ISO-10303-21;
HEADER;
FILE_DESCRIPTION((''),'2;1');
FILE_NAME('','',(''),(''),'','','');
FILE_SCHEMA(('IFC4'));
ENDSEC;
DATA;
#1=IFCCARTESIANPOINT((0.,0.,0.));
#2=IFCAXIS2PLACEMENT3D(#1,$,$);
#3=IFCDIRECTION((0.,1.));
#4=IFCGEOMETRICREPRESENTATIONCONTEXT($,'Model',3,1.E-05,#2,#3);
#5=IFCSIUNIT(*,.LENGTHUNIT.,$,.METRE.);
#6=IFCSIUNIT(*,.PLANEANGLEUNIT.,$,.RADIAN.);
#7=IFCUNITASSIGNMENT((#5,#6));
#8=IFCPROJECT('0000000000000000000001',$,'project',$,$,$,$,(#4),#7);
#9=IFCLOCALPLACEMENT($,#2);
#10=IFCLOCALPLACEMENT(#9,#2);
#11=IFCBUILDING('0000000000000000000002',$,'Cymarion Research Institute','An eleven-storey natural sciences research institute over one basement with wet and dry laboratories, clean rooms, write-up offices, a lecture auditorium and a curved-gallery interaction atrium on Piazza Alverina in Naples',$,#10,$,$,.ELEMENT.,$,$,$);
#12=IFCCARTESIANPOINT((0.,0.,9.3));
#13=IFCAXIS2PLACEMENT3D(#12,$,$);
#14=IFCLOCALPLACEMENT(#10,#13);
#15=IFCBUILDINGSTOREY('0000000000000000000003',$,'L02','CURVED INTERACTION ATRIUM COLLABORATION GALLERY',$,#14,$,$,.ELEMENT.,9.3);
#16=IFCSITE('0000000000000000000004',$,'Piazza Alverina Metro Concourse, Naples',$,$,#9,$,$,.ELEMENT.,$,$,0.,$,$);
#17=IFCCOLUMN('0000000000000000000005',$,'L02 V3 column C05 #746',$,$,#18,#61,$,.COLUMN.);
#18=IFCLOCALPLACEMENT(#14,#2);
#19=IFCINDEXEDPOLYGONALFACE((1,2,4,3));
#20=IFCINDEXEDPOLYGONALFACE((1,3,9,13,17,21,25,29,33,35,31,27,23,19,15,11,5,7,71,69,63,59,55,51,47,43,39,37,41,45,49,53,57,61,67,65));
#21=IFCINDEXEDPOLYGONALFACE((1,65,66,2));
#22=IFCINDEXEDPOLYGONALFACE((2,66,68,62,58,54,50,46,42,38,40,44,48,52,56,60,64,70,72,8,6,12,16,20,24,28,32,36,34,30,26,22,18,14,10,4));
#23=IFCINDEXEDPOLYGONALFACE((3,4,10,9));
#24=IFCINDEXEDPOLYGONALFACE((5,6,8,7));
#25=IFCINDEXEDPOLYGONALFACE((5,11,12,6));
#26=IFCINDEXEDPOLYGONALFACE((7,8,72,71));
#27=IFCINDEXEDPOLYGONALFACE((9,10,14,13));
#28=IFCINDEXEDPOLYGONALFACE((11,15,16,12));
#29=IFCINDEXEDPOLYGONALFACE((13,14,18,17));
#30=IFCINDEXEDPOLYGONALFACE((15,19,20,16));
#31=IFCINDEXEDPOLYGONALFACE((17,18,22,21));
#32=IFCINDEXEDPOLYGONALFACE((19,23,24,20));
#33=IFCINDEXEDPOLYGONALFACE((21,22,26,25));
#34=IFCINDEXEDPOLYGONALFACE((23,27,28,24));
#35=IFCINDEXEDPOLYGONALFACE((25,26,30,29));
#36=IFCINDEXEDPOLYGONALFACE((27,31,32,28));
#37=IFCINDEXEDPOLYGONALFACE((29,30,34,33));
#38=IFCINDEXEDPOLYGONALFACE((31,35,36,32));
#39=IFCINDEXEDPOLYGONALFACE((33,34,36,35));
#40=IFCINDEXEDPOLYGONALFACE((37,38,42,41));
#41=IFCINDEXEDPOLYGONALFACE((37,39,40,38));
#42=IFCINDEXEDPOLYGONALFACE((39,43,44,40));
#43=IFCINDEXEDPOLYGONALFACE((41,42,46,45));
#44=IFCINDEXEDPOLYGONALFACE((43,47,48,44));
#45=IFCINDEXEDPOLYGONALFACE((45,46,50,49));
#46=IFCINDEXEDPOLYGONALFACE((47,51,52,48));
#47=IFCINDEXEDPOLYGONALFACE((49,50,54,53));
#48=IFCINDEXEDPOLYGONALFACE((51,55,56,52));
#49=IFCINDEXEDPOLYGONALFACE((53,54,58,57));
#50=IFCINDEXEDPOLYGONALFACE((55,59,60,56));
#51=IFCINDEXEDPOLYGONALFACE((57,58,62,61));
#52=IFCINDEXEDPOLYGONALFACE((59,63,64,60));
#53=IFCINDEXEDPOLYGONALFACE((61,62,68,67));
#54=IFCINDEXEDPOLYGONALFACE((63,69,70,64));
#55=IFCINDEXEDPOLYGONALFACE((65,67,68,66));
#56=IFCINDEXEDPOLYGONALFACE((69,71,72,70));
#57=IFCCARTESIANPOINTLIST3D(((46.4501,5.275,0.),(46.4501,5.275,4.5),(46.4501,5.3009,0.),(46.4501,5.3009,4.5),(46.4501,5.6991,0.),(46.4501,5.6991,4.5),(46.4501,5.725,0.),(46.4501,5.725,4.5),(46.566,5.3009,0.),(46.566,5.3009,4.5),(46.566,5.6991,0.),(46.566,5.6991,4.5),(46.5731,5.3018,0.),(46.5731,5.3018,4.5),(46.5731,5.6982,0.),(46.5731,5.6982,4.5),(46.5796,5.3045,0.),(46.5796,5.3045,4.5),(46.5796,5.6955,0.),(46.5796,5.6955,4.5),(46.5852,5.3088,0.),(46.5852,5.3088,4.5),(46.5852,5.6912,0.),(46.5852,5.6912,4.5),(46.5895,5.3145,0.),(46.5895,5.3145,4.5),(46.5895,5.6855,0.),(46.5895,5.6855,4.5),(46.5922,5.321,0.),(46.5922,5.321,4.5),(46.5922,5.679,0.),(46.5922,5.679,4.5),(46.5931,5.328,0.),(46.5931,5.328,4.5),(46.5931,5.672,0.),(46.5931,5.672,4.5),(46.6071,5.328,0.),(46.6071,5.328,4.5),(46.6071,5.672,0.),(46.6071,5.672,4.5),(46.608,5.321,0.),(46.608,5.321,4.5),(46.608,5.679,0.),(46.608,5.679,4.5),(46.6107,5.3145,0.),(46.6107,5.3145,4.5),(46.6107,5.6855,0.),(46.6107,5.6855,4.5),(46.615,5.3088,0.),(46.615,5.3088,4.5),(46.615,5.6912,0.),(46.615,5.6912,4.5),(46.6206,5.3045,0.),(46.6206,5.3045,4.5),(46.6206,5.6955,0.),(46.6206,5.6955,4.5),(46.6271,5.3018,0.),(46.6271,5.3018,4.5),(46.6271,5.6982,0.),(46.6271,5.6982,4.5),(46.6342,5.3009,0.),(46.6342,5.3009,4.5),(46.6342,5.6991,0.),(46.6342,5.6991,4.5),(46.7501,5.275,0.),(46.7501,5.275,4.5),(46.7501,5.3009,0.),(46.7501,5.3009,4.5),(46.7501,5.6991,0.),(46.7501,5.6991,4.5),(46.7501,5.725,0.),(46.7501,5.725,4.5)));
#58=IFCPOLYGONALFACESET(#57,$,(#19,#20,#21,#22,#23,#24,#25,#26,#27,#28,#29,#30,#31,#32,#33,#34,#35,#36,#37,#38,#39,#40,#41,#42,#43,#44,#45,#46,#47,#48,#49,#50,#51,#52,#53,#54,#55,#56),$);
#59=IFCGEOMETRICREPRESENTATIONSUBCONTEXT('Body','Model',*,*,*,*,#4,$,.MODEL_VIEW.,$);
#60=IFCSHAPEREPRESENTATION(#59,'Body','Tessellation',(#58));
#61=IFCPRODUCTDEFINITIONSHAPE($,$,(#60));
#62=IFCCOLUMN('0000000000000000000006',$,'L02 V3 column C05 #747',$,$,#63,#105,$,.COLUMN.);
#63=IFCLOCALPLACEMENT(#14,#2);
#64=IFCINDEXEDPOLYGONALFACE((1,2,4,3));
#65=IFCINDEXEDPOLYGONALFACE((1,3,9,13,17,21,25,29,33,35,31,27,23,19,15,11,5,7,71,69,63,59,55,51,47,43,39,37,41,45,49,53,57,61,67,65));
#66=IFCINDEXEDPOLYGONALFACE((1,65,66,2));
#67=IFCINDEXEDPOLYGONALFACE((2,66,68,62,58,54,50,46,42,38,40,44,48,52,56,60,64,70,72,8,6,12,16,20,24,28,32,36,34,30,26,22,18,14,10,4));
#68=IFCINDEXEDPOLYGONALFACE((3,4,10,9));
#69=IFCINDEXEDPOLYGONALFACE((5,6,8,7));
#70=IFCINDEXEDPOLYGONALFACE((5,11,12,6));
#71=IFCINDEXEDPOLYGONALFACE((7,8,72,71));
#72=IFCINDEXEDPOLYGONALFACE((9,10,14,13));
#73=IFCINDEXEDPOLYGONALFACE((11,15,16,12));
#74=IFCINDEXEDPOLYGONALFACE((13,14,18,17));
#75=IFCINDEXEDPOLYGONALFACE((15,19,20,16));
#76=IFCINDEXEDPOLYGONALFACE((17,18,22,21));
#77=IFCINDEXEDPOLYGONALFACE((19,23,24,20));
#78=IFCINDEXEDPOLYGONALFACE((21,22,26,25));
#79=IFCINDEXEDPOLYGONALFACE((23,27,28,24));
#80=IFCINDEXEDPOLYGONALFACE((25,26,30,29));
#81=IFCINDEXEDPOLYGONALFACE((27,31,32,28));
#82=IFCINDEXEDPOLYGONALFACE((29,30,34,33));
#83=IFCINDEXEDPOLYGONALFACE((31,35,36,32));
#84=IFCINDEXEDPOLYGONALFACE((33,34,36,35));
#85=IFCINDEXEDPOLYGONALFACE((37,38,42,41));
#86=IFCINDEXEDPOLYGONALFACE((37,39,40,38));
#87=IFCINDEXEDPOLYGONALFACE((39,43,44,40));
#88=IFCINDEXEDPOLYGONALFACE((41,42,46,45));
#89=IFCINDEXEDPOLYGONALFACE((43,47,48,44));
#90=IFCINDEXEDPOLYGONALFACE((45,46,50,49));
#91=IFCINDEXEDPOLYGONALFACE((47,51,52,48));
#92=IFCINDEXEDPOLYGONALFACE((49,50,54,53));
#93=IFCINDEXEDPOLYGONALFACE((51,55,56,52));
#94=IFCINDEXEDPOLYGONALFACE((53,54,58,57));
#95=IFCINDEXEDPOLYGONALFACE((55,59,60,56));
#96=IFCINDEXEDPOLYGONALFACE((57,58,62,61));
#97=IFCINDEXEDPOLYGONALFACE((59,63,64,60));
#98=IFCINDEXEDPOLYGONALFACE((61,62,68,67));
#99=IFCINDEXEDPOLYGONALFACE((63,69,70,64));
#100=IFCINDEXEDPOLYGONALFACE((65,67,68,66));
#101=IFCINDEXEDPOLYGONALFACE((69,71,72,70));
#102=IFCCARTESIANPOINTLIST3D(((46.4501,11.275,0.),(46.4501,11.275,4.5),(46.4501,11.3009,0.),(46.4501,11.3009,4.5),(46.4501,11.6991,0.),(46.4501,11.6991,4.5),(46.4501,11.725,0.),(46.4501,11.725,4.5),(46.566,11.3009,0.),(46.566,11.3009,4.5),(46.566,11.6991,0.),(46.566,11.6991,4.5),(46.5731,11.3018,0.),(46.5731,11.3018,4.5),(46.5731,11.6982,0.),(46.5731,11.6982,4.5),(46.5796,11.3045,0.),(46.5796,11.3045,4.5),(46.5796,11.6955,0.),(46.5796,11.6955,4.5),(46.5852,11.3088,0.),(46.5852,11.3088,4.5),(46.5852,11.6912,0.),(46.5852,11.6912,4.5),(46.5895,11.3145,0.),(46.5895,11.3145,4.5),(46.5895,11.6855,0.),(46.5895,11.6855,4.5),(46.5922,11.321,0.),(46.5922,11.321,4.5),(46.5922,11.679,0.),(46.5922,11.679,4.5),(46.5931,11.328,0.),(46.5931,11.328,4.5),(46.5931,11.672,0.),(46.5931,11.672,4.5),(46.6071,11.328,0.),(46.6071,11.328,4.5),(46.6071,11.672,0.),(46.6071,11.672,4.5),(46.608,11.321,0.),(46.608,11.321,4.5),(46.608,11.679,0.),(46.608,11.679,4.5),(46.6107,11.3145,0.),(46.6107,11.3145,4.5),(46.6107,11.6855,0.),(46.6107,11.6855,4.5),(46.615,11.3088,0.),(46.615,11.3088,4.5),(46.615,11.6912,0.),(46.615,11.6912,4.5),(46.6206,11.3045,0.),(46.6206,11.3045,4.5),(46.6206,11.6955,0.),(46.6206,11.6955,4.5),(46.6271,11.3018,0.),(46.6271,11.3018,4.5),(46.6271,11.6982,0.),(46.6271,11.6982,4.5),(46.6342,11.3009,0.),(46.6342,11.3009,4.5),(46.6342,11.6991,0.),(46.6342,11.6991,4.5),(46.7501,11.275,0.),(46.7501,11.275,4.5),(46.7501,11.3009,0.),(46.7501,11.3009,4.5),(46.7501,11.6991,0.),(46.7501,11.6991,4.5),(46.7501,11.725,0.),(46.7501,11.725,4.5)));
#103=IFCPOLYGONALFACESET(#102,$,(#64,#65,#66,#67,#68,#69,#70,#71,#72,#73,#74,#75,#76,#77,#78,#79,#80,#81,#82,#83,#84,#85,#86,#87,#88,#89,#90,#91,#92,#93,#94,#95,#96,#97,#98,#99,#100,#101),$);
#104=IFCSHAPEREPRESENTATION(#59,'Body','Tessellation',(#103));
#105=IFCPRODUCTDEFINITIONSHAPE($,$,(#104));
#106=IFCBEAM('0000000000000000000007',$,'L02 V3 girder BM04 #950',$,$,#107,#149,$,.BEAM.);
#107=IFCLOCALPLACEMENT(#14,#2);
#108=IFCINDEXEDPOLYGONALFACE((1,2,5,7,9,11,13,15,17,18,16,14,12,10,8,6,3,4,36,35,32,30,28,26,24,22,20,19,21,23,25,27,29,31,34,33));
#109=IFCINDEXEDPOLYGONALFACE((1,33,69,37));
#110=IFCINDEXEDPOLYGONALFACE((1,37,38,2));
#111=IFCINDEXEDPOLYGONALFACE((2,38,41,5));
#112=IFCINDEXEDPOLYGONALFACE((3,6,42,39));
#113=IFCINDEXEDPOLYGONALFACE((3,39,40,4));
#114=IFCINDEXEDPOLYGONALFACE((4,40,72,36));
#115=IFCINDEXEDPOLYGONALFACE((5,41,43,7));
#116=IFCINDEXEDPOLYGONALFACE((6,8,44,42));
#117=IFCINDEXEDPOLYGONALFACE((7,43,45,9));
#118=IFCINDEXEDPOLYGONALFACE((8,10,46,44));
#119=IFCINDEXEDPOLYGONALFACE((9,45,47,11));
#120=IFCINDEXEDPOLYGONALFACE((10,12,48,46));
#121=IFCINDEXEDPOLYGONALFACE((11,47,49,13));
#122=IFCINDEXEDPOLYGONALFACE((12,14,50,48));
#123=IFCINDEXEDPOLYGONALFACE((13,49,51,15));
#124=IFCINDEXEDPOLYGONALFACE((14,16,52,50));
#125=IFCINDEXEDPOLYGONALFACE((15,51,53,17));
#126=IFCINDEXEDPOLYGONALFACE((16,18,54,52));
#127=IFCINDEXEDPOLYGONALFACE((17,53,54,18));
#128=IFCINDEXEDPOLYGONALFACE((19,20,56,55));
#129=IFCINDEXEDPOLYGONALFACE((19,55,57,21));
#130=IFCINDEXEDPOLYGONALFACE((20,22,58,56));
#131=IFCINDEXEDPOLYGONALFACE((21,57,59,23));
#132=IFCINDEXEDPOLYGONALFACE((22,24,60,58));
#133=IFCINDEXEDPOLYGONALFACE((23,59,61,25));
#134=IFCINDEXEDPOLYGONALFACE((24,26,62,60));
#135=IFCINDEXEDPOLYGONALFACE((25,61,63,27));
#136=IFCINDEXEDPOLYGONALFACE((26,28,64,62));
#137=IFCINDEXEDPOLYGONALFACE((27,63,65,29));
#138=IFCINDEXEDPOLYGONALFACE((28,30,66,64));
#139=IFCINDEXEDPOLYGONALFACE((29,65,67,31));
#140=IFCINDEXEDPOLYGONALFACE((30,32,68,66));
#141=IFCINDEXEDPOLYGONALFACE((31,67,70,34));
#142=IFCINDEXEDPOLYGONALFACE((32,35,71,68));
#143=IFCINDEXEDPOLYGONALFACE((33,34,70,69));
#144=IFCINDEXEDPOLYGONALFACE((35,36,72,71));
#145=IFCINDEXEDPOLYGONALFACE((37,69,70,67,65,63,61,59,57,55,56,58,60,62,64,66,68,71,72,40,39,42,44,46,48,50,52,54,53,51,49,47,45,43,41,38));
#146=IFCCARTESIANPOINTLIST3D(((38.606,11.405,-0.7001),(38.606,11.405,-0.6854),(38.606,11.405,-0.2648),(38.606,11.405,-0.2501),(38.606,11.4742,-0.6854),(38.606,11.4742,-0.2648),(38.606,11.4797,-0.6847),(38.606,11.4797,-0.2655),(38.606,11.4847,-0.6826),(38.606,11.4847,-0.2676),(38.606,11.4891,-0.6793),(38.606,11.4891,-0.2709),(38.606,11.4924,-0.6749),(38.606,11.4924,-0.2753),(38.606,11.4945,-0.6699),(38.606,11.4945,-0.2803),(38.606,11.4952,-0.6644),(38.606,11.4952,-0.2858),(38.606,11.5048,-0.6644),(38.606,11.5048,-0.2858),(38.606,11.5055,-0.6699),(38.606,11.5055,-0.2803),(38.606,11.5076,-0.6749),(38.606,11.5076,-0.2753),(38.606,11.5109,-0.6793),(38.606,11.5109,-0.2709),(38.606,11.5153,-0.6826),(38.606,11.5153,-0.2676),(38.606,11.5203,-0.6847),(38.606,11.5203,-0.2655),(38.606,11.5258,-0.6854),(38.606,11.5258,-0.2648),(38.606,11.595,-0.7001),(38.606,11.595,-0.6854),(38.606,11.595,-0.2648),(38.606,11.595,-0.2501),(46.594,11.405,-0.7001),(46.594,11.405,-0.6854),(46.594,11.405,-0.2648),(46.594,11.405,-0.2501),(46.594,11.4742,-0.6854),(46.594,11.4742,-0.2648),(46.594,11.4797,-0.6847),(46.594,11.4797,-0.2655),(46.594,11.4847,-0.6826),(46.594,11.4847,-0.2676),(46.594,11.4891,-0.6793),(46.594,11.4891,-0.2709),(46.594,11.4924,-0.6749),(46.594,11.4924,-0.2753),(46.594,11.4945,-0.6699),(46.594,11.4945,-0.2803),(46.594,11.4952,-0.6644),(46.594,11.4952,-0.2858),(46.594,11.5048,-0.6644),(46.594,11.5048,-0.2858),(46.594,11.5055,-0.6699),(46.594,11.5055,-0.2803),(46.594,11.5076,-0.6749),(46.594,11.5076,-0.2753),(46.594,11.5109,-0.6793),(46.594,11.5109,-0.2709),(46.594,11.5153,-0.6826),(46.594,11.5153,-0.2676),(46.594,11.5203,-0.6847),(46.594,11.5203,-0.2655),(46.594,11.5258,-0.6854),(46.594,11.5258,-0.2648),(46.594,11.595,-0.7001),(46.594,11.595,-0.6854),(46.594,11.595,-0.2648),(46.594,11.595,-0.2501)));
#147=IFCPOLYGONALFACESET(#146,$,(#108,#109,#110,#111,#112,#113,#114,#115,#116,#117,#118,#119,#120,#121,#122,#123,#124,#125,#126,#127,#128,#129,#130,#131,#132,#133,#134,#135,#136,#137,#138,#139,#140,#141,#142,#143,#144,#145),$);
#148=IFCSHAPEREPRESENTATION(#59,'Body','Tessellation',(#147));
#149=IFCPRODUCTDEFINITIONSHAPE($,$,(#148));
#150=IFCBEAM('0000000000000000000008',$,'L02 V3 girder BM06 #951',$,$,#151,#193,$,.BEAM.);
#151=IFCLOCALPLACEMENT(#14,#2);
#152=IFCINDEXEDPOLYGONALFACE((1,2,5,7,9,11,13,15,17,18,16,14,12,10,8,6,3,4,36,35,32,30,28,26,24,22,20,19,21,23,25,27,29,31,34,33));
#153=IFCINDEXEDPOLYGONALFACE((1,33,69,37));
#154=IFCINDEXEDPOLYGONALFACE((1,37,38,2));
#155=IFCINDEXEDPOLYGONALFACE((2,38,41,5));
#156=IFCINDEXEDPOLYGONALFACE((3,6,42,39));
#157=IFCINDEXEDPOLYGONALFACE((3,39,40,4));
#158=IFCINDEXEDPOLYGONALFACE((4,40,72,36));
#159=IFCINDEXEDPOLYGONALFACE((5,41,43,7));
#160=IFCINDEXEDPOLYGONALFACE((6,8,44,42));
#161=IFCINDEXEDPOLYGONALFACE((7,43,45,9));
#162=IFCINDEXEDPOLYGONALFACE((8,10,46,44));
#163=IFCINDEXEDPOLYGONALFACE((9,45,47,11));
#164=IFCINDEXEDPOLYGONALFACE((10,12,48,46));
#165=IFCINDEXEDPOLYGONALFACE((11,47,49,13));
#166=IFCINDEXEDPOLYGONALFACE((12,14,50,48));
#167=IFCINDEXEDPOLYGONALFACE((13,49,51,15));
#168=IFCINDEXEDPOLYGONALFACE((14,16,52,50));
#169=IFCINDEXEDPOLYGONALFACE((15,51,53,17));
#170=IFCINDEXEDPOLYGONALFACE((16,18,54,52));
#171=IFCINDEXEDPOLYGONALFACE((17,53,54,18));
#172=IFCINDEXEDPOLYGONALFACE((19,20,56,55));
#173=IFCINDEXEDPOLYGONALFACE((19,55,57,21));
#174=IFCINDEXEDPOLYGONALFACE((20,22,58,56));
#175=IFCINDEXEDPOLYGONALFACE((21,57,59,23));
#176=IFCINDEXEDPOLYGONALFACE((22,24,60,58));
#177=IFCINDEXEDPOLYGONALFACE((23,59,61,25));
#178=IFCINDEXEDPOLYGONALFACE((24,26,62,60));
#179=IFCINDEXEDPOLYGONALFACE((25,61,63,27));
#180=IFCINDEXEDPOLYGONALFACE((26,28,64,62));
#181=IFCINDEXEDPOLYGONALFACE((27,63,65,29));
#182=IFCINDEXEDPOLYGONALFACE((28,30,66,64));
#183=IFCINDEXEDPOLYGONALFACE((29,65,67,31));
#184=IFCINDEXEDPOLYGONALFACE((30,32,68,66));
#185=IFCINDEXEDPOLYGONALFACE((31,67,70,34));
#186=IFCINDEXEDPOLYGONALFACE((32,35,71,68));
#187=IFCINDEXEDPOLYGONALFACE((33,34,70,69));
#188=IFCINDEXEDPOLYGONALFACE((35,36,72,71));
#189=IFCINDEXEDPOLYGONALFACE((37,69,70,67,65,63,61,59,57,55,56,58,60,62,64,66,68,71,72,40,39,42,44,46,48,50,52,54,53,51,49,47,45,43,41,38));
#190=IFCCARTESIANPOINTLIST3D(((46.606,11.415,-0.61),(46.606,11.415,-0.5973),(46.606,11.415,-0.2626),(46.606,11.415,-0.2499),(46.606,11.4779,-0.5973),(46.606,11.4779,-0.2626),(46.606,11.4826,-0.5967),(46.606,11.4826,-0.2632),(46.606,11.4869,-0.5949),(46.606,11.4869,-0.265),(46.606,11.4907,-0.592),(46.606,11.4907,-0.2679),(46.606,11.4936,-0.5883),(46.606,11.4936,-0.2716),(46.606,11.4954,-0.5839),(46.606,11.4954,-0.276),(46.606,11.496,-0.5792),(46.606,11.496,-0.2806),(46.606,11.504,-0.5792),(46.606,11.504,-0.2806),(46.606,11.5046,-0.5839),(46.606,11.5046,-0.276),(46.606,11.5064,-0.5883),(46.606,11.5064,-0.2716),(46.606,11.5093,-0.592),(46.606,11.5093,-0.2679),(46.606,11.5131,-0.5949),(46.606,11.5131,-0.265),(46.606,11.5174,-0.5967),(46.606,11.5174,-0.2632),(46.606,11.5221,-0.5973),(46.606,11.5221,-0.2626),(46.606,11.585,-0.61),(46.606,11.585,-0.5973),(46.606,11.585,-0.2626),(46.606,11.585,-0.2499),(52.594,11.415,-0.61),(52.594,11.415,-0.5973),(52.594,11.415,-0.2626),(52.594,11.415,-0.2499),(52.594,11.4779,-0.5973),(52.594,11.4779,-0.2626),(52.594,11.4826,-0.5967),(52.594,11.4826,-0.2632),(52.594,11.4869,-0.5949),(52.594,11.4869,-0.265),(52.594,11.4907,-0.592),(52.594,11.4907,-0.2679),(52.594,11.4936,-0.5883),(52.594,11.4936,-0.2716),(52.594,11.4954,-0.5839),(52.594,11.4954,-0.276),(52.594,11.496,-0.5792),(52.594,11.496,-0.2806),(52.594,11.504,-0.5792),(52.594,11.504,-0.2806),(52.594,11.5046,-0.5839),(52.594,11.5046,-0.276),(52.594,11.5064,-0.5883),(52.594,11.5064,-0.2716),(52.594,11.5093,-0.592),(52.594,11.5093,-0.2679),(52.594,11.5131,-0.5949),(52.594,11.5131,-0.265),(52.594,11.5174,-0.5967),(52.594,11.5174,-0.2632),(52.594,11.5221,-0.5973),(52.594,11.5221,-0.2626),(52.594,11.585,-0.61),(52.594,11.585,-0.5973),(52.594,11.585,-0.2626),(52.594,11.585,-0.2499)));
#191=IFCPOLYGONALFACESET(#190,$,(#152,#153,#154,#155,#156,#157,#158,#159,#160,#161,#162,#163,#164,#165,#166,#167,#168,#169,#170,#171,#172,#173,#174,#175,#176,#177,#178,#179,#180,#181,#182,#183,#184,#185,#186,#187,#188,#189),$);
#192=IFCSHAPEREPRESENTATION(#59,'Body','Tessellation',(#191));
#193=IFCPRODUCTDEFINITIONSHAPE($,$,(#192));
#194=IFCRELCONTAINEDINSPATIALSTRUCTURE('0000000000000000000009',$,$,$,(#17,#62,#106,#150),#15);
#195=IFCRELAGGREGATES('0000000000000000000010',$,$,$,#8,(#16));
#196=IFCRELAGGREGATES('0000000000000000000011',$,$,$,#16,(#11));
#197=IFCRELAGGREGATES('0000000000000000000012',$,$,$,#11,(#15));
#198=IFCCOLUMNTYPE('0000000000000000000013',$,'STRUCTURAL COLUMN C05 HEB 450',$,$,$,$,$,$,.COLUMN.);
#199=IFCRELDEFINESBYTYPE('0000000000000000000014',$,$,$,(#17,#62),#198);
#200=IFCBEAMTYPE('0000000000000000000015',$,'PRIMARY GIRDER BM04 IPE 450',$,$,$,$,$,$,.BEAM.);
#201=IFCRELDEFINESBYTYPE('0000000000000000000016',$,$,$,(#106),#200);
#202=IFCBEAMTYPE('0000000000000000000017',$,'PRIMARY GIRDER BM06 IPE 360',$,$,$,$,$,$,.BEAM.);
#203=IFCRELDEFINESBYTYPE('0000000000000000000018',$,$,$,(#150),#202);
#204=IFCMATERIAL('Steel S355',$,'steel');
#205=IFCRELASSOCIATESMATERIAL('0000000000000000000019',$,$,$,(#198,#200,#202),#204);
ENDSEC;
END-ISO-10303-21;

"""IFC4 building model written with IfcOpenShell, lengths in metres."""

from ifc_helpers import new_model, si_unit, direction, frame, origin, origin_2d, place, context, subcontext, project, spatial, i_section, extrude, material, material_profile, profile_set, type_object, element, save


model = new_model("IFC4")

# Units and contexts
model_context = context("Model", 3, precision=1e-05, world=origin(), true_north=direction((0.0, 1.0)))
body_context = subcontext(model_context, "Body", "Model", "MODEL_VIEW")
ifc_project = project(units=[si_unit("LENGTHUNIT", "METRE"), si_unit("PLANEANGLEUNIT", "RADIAN")], contexts=[model_context])

# Site, building, storey
site_placement = place(None, origin())
site = spatial("IfcSite", under=ifc_project, at=site_placement, Name="Piazza Alverina Metro Concourse, Naples", CompositionType="ELEMENT", RefElevation=0.0)
building_placement = place(site_placement, origin())
building = spatial("IfcBuilding", under=site, at=building_placement, Name="Cymarion Research Institute", Description="An eleven-storey natural sciences research institute over one basement with wet and dry laboratories, clean rooms, write-up offices, a lecture auditorium and a curved-gallery interaction atrium on Piazza Alverina in Naples", CompositionType="ELEMENT")
storey_placement = place(building_placement, frame((0.0, 0.0, 9.3)))
storey = spatial("IfcBuildingStorey", under=building, at=storey_placement, Name="L02", Description="CURVED INTERACTION ATRIUM COLLABORATION GALLERY", CompositionType="ELEMENT", Elevation=9.3)

# Columns
ifc_material_1 = material(Name="Steel S355", Category="steel")
ifc_material_profile_1 = material_profile(ifc_material_1, i_section(OverallWidth=0.3, OverallDepth=0.45, WebThickness=0.0139, FlangeThickness=0.0259, FilletRadius=0.0271, at=origin_2d()), Name="HEB 450")
ifc_profile_set_1 = profile_set([ifc_material_profile_1], Name="Steel S355")
column_type_1 = type_object("IfcColumnType", Name="STRUCTURAL COLUMN C05 HEB 450", PredefinedType="COLUMN", material=ifc_profile_set_1)
for number, where, z_axis, x_axis, name in (
    (1, (46.6001, 5.5, 0.0), (0.0, 0.0, 1.0), (1.0, 0.0, 0.0), "L02 V3 column C05 #746"),
    (2, (46.6001, 11.5, 0.0), (0.0, 0.0, 1.0), (1.0, 0.0, 0.0), "L02 V3 column C05 #747"),
):
    element("IfcColumn", number, at=place(storey_placement, frame(where, z_axis=z_axis, x_axis=x_axis)), inside=storey, type_object=column_type_1, Name=name, PredefinedType="COLUMN", context=body_context, shape_type="SweptSolid", body=[
        extrude(i_section(OverallWidth=0.3, OverallDepth=0.45, WebThickness=0.0139, FlangeThickness=0.0259, FilletRadius=0.0271, at=origin_2d()), origin(), (0.0, 0.0, 1.0), 4.5),
    ])

# Beams
ifc_material_profile_2 = material_profile(ifc_material_1, i_section(OverallWidth=0.1899, OverallDepth=0.45, WebThickness=0.0095, FlangeThickness=0.0146, FilletRadius=0.021, at=origin_2d()), Name="IPE 450")
ifc_profile_set_2 = profile_set([ifc_material_profile_2], Name="Steel S355")
beam_type_1 = type_object("IfcBeamType", Name="PRIMARY GIRDER BM04 IPE 450", PredefinedType="BEAM", material=ifc_profile_set_2)
beam_1_placement = place(storey_placement, frame((38.606, 11.5, -0.4751), z_axis=(1.0, 0.0, 0.0), x_axis=(0.0, 1.0, 0.0)))
element("IfcBeam", 3, at=beam_1_placement, inside=storey, type_object=beam_type_1, Name="L02 V3 girder BM04 #950", PredefinedType="BEAM", context=body_context, shape_type="SweptSolid", body=[
    extrude(i_section(OverallWidth=0.1899, OverallDepth=0.45, WebThickness=0.0095, FlangeThickness=0.0146, FilletRadius=0.021, at=origin_2d()), origin(), (0.0, 0.0, 1.0), 7.988),
])
ifc_material_profile_3 = material_profile(ifc_material_1, i_section(OverallWidth=0.1699, OverallDepth=0.3601, WebThickness=0.0081, FlangeThickness=0.0127, FilletRadius=0.0181, at=origin_2d()), Name="IPE 360")
ifc_profile_set_3 = profile_set([ifc_material_profile_3], Name="Steel S355")
beam_type_2 = type_object("IfcBeamType", Name="PRIMARY GIRDER BM06 IPE 360", PredefinedType="BEAM", material=ifc_profile_set_3)
beam_2_placement = place(storey_placement, frame((46.606, 11.5, -0.4299), z_axis=(1.0, 0.0, 0.0), x_axis=(0.0, 1.0, 0.0)))
element("IfcBeam", 4, at=beam_2_placement, inside=storey, type_object=beam_type_2, Name="L02 V3 girder BM06 #951", PredefinedType="BEAM", context=body_context, shape_type="SweptSolid", body=[
    extrude(i_section(OverallWidth=0.1699, OverallDepth=0.3601, WebThickness=0.0081, FlangeThickness=0.0127, FilletRadius=0.0181, at=origin_2d()), origin(), (0.0, 0.0, 1.0), 5.988),
])

save(model, "model.ifc")
